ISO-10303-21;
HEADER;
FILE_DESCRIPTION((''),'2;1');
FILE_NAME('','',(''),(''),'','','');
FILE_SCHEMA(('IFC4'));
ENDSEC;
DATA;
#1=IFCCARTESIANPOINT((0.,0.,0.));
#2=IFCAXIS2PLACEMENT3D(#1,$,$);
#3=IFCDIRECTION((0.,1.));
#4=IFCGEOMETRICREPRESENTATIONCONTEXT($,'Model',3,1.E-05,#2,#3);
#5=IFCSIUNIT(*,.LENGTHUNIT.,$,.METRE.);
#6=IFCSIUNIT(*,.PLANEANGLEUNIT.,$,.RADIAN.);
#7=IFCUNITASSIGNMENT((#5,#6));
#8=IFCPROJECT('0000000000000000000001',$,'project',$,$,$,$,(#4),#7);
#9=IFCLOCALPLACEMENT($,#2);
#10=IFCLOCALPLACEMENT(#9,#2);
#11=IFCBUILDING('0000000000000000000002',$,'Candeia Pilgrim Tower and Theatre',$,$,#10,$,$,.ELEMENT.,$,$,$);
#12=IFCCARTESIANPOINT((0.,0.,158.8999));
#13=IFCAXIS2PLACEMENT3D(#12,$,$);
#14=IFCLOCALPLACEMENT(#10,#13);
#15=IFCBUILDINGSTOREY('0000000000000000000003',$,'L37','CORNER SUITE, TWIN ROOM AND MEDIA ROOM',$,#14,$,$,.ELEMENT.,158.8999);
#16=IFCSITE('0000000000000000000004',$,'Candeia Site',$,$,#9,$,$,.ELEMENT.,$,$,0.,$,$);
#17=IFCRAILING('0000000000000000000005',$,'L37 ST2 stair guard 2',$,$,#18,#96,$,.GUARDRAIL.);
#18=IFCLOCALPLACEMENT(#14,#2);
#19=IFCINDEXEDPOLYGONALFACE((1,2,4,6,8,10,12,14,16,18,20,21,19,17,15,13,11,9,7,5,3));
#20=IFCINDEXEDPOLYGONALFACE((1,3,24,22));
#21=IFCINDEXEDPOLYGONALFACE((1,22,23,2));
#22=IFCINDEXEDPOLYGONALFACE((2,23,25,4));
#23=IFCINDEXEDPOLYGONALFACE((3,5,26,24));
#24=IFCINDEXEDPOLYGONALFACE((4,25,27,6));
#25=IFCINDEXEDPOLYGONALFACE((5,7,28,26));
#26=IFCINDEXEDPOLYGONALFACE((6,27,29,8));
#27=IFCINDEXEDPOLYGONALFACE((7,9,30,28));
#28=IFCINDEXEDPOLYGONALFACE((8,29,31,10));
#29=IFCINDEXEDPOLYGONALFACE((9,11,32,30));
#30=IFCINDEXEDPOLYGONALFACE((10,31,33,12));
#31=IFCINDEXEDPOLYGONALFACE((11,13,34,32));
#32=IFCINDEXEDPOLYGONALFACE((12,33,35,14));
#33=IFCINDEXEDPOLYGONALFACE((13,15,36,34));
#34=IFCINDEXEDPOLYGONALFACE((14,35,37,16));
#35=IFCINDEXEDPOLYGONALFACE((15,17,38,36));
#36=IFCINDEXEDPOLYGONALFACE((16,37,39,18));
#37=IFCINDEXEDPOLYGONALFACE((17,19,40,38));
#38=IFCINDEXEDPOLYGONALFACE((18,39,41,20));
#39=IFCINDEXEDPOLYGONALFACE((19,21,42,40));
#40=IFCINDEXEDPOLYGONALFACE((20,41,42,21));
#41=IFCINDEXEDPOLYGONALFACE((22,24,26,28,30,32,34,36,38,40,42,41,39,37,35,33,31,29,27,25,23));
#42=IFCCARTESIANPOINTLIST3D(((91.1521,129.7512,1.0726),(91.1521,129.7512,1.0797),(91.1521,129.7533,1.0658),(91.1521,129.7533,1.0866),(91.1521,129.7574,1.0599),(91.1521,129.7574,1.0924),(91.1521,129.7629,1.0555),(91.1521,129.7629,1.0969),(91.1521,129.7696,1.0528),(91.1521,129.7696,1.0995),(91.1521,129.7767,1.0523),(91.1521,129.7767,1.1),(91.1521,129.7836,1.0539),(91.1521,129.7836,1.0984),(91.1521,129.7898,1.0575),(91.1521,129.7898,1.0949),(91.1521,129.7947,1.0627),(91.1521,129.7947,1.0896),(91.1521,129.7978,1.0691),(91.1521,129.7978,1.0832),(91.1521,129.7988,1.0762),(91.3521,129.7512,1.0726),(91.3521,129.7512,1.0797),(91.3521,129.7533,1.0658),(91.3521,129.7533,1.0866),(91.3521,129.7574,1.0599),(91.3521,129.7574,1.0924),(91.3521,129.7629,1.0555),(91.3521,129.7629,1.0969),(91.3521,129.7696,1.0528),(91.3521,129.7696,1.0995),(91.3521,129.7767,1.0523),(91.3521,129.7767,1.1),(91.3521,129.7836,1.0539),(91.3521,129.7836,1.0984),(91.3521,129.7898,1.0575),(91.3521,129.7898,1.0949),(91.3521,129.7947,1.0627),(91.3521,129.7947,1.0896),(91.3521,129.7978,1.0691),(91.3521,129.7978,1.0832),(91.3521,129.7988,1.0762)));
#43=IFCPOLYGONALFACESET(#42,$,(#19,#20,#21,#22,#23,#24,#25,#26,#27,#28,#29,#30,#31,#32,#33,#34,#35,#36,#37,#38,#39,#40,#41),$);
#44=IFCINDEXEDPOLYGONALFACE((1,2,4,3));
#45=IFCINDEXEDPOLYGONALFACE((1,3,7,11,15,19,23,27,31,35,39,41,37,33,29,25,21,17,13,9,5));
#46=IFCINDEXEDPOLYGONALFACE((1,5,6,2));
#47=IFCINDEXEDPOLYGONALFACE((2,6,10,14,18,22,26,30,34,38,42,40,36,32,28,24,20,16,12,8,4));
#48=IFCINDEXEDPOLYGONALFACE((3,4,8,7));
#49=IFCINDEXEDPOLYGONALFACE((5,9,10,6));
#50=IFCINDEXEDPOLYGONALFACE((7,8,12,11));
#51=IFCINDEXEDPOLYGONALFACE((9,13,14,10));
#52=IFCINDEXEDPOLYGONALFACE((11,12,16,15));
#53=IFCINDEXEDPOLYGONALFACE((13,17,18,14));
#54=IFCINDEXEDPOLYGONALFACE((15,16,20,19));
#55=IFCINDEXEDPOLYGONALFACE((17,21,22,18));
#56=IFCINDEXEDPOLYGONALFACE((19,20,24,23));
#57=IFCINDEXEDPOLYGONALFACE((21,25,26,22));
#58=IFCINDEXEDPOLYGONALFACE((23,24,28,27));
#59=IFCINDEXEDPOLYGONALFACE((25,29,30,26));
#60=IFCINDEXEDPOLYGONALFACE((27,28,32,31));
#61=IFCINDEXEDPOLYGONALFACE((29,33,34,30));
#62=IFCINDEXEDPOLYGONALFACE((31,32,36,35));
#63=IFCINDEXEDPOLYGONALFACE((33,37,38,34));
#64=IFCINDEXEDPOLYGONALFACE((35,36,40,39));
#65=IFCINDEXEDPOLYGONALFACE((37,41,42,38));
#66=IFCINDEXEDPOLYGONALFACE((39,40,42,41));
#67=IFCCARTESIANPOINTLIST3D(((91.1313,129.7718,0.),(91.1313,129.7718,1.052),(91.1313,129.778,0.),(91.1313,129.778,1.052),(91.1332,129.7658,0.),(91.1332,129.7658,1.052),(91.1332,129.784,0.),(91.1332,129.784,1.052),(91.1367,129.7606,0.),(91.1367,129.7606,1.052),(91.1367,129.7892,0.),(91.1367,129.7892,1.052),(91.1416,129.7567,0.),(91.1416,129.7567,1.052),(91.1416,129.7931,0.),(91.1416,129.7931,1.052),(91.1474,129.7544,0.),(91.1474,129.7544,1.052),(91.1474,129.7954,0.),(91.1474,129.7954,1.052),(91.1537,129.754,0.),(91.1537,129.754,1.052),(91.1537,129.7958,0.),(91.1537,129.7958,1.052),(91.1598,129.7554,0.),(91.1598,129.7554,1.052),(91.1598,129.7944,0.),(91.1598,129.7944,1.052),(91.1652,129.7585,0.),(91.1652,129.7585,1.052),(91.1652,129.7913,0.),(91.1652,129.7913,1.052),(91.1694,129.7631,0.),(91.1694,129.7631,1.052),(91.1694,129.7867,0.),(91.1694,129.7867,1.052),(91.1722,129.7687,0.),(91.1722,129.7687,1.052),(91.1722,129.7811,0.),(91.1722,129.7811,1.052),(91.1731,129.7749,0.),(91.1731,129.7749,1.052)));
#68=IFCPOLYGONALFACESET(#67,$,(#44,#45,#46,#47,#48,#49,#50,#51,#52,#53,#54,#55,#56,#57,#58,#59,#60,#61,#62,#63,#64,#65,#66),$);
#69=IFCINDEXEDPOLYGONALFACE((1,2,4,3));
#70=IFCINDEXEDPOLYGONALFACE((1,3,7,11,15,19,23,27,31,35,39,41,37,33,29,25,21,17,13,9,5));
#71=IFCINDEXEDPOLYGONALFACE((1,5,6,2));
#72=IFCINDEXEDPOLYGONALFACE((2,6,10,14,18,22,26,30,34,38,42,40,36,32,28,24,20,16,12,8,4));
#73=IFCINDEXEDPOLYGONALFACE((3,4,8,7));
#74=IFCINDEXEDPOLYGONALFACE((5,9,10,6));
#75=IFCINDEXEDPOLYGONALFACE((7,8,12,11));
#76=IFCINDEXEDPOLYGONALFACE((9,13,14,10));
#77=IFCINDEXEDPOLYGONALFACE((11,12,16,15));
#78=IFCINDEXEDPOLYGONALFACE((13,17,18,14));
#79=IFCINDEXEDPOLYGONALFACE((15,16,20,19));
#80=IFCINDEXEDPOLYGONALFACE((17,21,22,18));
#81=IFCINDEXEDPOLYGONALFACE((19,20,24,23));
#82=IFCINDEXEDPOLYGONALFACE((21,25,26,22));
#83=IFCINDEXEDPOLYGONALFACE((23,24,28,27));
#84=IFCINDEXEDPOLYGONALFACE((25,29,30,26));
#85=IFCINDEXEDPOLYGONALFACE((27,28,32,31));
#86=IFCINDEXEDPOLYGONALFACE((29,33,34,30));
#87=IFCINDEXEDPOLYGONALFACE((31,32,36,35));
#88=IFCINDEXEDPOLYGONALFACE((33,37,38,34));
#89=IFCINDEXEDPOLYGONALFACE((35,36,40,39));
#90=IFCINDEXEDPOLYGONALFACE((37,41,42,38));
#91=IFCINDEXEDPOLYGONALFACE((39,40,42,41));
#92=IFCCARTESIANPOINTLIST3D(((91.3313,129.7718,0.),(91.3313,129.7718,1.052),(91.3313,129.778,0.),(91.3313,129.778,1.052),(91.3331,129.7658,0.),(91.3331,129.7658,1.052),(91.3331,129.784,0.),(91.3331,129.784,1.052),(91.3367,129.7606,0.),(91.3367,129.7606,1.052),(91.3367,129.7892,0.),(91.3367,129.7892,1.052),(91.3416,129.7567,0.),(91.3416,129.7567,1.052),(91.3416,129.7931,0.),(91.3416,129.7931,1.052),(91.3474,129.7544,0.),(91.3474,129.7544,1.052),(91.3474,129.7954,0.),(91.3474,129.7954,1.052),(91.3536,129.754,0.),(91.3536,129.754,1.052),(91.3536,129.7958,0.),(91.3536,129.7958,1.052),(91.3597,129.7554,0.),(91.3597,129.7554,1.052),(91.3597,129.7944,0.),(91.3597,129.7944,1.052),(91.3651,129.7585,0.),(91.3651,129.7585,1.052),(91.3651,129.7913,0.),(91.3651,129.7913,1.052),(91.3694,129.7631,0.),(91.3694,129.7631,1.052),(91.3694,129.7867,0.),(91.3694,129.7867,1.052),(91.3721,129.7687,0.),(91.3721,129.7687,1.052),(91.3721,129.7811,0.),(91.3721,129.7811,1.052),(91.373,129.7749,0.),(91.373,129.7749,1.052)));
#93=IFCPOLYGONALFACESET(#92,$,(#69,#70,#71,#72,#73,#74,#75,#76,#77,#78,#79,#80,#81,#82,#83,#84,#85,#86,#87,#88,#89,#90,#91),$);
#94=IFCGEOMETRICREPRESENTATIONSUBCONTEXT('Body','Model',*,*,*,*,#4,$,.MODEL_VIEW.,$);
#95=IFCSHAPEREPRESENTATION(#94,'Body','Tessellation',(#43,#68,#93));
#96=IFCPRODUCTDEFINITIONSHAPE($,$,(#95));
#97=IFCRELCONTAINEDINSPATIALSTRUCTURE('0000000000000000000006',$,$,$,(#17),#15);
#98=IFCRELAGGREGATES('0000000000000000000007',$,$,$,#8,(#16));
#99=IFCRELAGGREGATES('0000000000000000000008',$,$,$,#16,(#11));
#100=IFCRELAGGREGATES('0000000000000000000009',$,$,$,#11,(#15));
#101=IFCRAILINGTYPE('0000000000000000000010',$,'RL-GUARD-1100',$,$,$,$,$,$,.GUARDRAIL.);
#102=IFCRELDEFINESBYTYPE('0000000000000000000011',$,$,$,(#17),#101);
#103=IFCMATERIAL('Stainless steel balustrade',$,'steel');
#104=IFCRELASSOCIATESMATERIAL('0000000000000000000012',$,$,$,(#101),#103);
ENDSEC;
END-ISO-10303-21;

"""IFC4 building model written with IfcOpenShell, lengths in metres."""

from ifc_helpers import new_model, si_unit, direction, frame, origin, origin_2d, place, context, subcontext, project, spatial, circle, extrude, material, type_object, element, save


model = new_model("IFC4")

# Units and contexts
model_context = context("Model", 3, precision=1e-05, world=origin(), true_north=direction((0.0, 1.0)))
body_context = subcontext(model_context, "Body", "Model", "MODEL_VIEW")
ifc_project = project(units=[si_unit("LENGTHUNIT", "METRE"), si_unit("PLANEANGLEUNIT", "RADIAN")], contexts=[model_context])

# Site, building, storey
site_placement = place(None, origin())
site = spatial("IfcSite", under=ifc_project, at=site_placement, Name="Candeia Site", CompositionType="ELEMENT", RefElevation=0.0)
building_placement = place(site_placement, origin())
building = spatial("IfcBuilding", under=site, at=building_placement, Name="Candeia Pilgrim Tower and Theatre", CompositionType="ELEMENT")
storey_placement = place(building_placement, frame((0.0, 0.0, 158.8999)))
storey = spatial("IfcBuildingStorey", under=building, at=storey_placement, Name="L37", Description="CORNER SUITE, TWIN ROOM AND MEDIA ROOM", CompositionType="ELEMENT", Elevation=158.8999)

# Shared definitions
ifc_material_1 = material(Name="Stainless steel balustrade", Category="steel")

# Railing
railing_type_1 = type_object("IfcRailingType", Name="RL-GUARD-1100", PredefinedType="GUARDRAIL", material=ifc_material_1)
railing_1_placement = place(storey_placement, frame((91.1521, 129.7749, 0.0)))
element("IfcRailing", 1, at=railing_1_placement, inside=storey, type_object=railing_type_1, Name="L37 ST2 stair guard 2", PredefinedType="GUARDRAIL", context=body_context, shape_type="SweptSolid", body=[
    extrude(circle(Radius=0.0239, at=origin_2d()), frame((0.0, 0.0, 1.0762), z_axis=(1.0, 0.0, 0.0), x_axis=(0.0, 1.0, 0.0)), (0.0, 0.0, 1.0), 0.2),
    extrude(circle(Radius=0.021, at=origin_2d()), origin(), (0.0, 0.0, 1.0), 1.052),
    extrude(circle(Radius=0.021, at=origin_2d()), frame((0.2, 0.0, 0.0)), (0.0, 0.0, 1.0), 1.052),
])

save(model, "model.ifc")
